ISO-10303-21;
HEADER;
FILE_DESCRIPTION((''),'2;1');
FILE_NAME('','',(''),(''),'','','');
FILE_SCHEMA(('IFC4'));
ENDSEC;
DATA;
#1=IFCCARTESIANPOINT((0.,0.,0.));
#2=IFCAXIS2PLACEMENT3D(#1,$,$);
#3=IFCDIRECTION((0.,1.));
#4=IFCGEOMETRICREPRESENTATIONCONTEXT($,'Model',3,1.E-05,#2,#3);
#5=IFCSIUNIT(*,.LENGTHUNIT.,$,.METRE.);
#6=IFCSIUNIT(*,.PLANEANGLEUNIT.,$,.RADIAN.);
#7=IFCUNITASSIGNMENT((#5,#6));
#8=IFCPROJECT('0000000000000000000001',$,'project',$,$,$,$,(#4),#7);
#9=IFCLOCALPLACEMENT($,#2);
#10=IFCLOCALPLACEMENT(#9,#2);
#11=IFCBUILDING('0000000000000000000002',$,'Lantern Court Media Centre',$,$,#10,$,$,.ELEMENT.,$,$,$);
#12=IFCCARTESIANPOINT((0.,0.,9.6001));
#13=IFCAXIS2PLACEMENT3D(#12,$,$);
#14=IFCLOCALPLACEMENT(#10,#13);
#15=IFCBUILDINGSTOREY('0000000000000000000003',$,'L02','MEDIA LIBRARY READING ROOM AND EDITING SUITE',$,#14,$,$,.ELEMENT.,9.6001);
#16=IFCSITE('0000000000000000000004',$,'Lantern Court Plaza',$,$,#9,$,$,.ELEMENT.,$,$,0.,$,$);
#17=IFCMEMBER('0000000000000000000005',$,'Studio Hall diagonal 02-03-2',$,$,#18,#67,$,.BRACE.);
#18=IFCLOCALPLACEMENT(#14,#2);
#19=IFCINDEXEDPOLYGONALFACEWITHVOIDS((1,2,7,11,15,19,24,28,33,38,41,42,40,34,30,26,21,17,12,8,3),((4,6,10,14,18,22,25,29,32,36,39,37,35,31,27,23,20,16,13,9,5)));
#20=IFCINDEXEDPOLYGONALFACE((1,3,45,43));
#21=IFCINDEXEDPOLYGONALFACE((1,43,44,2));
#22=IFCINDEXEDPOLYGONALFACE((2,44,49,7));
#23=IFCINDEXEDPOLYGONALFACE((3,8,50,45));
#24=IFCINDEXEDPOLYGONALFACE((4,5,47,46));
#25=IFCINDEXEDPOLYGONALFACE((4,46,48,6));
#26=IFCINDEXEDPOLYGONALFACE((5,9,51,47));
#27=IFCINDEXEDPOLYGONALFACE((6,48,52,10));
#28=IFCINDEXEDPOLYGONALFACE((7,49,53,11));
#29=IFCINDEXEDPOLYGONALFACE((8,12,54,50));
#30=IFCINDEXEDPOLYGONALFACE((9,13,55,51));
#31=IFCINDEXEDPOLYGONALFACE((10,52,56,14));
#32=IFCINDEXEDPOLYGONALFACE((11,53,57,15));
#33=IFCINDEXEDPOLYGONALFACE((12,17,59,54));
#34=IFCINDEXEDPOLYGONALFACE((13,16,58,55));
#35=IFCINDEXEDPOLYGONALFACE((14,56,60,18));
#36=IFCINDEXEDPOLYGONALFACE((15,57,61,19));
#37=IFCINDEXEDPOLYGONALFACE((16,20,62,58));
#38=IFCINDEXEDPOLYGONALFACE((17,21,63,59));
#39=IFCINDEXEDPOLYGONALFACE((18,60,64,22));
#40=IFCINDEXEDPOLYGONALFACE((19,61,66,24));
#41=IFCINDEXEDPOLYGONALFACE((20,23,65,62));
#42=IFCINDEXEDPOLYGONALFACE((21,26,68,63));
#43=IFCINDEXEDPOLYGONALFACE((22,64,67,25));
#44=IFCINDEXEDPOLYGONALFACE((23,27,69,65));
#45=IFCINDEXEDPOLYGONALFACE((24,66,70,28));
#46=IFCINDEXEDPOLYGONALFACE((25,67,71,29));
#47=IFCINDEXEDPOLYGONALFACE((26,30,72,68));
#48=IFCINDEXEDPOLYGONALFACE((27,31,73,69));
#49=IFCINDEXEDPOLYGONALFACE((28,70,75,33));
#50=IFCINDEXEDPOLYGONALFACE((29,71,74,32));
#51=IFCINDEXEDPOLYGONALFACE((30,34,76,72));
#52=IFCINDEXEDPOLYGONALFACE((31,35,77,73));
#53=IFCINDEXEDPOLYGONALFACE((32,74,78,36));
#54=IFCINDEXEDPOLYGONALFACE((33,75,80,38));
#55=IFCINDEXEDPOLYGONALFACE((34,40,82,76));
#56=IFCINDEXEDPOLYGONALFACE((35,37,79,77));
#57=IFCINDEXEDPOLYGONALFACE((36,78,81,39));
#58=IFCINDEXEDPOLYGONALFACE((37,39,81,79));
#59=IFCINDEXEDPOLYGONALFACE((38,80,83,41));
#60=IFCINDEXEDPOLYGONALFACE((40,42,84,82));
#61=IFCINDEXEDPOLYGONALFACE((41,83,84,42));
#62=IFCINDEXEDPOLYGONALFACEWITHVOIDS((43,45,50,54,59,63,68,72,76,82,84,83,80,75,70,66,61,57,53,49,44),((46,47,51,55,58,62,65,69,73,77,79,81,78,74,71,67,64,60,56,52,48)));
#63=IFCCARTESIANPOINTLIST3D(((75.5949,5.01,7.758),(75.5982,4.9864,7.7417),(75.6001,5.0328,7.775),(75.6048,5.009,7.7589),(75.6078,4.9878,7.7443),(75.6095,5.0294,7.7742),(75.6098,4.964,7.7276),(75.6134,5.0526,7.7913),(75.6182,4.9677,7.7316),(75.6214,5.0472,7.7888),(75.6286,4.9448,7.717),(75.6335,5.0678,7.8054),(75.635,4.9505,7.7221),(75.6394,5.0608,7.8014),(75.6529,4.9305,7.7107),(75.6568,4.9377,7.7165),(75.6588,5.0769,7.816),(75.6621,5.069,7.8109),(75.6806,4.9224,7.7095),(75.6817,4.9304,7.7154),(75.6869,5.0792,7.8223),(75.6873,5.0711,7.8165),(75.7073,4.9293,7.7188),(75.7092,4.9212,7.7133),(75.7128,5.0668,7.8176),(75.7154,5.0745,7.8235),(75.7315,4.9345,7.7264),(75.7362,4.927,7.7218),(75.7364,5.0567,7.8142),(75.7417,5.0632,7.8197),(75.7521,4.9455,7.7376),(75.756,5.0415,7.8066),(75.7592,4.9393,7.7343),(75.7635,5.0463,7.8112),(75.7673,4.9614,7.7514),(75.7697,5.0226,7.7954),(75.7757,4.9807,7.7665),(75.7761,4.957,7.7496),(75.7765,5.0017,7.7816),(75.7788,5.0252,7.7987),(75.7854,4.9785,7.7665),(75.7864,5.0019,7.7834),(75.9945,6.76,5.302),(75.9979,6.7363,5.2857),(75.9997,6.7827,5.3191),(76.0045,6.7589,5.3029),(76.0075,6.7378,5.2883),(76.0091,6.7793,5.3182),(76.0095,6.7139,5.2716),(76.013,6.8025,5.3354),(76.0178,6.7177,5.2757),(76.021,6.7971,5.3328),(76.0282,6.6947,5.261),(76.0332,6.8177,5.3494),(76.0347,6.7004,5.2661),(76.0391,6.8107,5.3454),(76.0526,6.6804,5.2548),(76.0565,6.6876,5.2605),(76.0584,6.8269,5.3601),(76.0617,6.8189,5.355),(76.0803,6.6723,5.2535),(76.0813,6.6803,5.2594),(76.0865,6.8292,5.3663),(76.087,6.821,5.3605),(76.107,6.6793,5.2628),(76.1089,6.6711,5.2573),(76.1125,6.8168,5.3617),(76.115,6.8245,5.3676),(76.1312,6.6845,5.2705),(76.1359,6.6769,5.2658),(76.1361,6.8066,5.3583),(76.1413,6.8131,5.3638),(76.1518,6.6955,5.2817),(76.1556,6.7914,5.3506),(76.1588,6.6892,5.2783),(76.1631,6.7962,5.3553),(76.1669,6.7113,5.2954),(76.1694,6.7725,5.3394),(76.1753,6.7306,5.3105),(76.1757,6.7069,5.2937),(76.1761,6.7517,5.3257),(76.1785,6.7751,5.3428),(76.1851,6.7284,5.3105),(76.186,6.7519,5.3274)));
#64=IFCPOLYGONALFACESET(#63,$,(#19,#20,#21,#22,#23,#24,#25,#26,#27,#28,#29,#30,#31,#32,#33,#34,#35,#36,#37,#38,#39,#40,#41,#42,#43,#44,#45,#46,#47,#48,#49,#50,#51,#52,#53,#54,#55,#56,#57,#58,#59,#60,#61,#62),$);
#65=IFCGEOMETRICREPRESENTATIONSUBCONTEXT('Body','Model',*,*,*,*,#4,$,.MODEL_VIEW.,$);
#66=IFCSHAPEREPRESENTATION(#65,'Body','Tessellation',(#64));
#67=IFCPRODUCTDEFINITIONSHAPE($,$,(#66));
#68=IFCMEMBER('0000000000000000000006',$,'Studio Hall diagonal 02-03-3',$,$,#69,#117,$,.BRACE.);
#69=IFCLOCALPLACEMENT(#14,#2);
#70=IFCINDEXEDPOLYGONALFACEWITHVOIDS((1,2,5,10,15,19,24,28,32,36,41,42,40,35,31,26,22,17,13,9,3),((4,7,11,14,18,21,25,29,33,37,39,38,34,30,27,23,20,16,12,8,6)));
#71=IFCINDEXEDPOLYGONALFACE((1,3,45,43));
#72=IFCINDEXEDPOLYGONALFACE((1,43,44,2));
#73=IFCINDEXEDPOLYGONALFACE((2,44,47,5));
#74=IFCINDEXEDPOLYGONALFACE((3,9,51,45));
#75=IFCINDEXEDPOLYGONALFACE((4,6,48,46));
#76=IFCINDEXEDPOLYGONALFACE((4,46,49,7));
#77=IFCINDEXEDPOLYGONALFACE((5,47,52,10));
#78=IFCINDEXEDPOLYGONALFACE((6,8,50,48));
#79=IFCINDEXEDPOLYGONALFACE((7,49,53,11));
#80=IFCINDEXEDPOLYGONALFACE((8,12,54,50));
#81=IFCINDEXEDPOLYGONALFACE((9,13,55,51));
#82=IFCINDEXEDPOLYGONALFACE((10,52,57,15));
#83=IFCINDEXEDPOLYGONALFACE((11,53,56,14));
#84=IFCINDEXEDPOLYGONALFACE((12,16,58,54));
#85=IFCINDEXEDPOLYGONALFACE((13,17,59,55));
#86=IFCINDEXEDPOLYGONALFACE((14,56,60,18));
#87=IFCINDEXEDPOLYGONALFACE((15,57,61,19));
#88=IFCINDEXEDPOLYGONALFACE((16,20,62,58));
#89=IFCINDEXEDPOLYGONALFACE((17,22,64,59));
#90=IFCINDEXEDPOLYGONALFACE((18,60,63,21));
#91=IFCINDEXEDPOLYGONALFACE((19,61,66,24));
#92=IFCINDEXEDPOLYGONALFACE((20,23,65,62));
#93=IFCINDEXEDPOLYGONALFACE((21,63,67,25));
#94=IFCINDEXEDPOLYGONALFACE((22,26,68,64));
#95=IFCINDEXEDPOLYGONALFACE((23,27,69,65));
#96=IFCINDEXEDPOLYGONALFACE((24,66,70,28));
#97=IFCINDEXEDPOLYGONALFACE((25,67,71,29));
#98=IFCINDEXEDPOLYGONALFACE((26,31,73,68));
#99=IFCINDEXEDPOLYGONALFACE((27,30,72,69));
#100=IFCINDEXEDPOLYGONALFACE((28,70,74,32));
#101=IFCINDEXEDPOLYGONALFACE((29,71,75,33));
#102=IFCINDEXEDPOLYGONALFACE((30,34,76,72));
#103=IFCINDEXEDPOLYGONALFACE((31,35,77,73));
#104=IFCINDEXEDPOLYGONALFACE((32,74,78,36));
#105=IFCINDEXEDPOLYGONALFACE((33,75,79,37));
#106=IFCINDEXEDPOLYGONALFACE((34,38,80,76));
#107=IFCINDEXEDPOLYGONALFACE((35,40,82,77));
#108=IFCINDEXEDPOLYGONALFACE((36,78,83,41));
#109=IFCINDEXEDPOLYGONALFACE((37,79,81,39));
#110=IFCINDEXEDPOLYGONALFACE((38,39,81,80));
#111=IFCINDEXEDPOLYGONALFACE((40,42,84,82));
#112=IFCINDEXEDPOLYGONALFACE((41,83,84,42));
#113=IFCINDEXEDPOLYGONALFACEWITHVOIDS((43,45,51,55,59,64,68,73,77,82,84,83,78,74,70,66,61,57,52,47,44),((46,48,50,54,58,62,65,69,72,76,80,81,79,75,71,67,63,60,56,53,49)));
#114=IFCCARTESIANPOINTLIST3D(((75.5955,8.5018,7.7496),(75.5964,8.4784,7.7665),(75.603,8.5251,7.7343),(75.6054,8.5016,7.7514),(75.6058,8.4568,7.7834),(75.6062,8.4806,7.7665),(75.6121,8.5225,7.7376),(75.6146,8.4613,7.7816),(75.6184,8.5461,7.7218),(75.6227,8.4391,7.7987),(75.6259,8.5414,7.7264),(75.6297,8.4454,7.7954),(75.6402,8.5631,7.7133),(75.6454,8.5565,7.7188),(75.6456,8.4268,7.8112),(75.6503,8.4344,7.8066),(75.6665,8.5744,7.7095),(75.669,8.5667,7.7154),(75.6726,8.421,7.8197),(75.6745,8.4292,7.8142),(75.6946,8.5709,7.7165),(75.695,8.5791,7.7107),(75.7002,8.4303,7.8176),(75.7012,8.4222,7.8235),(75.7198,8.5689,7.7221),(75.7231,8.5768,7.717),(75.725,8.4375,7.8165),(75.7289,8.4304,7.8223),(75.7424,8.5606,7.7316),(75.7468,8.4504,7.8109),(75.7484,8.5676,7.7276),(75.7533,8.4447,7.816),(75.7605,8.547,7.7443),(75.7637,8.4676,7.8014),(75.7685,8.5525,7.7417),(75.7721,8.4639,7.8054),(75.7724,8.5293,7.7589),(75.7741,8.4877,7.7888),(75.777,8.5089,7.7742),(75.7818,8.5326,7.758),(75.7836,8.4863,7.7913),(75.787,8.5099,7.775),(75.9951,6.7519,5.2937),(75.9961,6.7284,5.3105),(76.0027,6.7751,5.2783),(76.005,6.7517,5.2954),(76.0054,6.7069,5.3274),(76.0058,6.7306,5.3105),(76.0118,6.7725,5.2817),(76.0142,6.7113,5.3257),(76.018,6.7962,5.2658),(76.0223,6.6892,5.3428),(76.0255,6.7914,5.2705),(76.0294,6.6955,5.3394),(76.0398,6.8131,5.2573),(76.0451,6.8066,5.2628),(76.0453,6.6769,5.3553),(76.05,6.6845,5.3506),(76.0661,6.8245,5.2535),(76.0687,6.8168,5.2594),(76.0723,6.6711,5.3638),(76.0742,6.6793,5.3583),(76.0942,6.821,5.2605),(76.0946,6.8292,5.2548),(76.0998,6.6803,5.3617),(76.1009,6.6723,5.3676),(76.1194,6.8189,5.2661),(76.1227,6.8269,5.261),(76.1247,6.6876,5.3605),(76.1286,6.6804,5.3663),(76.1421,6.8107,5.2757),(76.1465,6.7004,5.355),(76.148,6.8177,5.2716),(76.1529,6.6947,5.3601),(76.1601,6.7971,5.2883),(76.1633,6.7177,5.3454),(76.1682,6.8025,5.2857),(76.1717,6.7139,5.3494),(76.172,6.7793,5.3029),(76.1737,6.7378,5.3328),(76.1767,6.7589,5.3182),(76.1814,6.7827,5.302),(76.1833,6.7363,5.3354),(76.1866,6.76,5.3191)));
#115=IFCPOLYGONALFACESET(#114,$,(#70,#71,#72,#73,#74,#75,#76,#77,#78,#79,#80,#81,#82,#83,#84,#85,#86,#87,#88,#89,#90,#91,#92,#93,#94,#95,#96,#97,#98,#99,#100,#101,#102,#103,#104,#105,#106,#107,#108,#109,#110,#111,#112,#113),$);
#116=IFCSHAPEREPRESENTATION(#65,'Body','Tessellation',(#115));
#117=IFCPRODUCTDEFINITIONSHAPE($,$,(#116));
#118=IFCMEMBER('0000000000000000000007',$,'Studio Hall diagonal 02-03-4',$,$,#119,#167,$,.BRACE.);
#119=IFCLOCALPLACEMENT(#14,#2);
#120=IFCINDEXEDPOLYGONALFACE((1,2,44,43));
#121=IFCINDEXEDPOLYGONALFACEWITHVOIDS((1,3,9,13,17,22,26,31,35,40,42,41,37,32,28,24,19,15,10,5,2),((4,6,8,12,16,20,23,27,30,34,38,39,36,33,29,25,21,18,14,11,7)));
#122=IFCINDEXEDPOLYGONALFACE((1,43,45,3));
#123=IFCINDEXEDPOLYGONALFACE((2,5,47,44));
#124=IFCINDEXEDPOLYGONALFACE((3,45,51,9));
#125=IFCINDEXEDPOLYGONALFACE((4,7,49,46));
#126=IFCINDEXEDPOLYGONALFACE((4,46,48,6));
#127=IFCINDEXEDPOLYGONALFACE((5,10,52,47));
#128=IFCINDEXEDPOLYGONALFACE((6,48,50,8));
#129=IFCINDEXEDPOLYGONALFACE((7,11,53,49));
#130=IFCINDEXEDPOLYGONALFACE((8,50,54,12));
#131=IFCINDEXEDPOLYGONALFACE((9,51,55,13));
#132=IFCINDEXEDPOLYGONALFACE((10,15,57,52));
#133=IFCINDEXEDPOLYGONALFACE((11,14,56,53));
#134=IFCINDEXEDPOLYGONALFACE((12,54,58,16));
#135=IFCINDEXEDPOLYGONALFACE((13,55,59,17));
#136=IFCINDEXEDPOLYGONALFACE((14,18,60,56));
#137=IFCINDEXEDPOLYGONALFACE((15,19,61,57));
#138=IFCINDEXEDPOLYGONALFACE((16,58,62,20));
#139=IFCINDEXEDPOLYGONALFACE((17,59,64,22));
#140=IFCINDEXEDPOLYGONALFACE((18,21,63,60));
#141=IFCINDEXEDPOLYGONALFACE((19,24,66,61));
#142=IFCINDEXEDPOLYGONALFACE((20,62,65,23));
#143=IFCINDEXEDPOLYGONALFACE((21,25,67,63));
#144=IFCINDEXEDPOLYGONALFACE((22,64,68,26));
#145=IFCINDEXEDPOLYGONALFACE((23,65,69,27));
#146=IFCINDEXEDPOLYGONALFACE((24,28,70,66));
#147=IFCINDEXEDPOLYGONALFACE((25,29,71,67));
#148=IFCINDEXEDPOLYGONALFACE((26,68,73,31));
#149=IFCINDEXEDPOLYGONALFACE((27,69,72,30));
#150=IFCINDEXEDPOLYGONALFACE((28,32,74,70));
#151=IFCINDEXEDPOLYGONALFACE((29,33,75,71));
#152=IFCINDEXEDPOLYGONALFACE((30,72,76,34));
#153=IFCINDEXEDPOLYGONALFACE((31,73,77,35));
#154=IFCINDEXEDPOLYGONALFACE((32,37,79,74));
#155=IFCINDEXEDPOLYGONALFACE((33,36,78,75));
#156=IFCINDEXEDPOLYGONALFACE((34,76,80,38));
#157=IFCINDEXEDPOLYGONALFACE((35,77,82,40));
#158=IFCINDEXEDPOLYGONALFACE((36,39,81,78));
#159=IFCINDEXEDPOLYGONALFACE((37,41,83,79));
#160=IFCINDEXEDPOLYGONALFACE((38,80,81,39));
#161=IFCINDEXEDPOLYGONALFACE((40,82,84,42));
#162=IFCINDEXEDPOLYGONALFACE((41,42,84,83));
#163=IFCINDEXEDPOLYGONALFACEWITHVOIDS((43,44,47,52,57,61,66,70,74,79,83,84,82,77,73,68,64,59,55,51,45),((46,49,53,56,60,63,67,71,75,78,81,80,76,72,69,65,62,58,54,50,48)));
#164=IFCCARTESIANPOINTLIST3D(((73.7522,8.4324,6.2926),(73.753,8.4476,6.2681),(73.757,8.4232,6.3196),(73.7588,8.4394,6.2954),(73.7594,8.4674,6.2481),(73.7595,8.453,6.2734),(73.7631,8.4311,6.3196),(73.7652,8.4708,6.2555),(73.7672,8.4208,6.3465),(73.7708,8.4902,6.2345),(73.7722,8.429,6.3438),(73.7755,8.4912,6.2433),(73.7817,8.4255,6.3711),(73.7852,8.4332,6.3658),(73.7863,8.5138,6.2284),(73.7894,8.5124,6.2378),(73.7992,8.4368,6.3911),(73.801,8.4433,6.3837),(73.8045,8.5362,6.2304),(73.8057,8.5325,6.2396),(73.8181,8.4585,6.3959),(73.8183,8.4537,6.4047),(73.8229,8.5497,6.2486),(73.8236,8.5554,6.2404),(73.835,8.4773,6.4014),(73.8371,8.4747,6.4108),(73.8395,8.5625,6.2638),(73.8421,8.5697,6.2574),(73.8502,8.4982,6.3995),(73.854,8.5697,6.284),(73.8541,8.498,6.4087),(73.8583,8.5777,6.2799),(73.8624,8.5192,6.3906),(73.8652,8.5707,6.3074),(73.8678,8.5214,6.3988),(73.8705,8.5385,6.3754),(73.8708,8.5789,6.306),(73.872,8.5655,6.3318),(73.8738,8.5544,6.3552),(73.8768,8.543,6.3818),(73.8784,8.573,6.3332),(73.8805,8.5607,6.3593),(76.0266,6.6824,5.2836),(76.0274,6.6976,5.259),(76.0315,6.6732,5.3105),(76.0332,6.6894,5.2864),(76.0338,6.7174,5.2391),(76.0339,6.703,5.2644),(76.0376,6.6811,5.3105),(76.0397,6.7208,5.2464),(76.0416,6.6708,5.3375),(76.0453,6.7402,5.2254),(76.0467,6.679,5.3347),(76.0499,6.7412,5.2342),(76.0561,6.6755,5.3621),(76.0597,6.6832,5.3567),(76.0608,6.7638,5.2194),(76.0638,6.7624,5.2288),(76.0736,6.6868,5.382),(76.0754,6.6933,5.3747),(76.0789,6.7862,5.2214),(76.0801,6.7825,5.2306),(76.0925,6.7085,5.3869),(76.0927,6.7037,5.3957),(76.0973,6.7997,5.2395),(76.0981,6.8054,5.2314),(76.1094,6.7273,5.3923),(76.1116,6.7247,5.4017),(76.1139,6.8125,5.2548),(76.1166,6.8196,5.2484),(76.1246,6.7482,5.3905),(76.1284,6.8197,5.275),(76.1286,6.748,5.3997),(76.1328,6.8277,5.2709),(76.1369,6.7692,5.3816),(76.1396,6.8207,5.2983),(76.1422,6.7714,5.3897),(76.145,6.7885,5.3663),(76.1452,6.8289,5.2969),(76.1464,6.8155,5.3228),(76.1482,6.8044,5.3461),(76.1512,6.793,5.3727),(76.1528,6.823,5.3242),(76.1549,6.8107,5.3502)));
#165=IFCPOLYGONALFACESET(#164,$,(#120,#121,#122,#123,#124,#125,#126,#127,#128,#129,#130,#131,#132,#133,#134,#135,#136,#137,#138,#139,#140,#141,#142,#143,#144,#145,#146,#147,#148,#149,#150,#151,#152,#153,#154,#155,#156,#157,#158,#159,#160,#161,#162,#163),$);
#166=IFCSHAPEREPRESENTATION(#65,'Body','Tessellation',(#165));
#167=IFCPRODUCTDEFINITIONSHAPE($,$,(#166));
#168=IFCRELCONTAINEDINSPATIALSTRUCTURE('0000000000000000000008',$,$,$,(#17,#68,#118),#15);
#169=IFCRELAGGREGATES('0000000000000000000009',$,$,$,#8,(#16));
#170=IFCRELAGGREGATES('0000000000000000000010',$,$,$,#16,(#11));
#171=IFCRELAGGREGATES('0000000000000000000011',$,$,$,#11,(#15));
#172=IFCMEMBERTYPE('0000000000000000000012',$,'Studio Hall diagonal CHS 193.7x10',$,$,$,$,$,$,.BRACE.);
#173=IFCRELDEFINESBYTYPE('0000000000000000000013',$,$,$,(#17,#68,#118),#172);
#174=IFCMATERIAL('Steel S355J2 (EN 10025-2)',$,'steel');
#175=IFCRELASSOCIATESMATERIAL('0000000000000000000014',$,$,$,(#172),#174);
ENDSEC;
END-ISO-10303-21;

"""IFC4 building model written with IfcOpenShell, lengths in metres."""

from ifc_helpers import new_model, si_unit, direction, frame, origin, origin_2d, place, context, subcontext, project, spatial, hollow_circle, extrude, material, material_profile, profile_set, type_object, element, save


model = new_model("IFC4")

# Units and contexts
model_context = context("Model", 3, precision=1e-05, world=origin(), true_north=direction((0.0, 1.0)))
body_context = subcontext(model_context, "Body", "Model", "MODEL_VIEW")
ifc_project = project(units=[si_unit("LENGTHUNIT", "METRE"), si_unit("PLANEANGLEUNIT", "RADIAN")], contexts=[model_context])

# Site, building, storey
site_placement = place(None, origin())
site = spatial("IfcSite", under=ifc_project, at=site_placement, Name="Lantern Court Plaza", CompositionType="ELEMENT", RefElevation=0.0)
building_placement = place(site_placement, origin())
building = spatial("IfcBuilding", under=site, at=building_placement, Name="Lantern Court Media Centre", CompositionType="ELEMENT")
storey_placement = place(building_placement, frame((0.0, 0.0, 9.6001)))
storey = spatial("IfcBuildingStorey", under=building, at=storey_placement, Name="L02", Description="MEDIA LIBRARY READING ROOM AND EDITING SUITE", CompositionType="ELEMENT", Elevation=9.6001)

# Members
ifc_material_1 = material(Name="Steel S355J2 (EN 10025-2)", Category="steel")
ifc_material_profile_1 = material_profile(ifc_material_1, hollow_circle(Radius=0.0969, WallThickness=0.01, at=origin_2d()), Name="Studio Hall diagonal CHS 193.7x10")
ifc_profile_set_1 = profile_set([ifc_material_profile_1], Name="Steel S355J2 (EN 10025-2)")
member_type_1 = type_object("IfcMemberType", Name="Studio Hall diagonal CHS 193.7x10", PredefinedType="BRACE", material=ifc_profile_set_1)
for number, where, z_axis, x_axis, name in (
    (1, (76.0906, 6.75, 5.3105), (-0.131375, -0.575259, 0.807352), (0.9749, -0.222644, 0.0), "Studio Hall diagonal 02-03-2"),
    (2, (76.0906, 6.75, 5.3105), (-0.131375, 0.575259, 0.807352), (-0.9749, -0.222644, 0.0), "Studio Hall diagonal 02-03-3"),
    (3, (76.0906, 6.75, 5.3105), (-0.747677, 0.575284, 0.331703), (-0.609809, -0.792548, 0.0), "Studio Hall diagonal 02-03-4"),
):
    element("IfcMember", number, at=place(storey_placement, frame(where, z_axis=z_axis, x_axis=x_axis)), inside=storey, type_object=member_type_1, Name=name, PredefinedType="BRACE", context=body_context, shape_type="SweptSolid", body=[
        extrude(hollow_circle(Radius=0.0969, WallThickness=0.01, at=origin_2d()), origin(), (0.0, 0.0, 1.0), 3.042),
    ])

save(model, "model.ifc")
